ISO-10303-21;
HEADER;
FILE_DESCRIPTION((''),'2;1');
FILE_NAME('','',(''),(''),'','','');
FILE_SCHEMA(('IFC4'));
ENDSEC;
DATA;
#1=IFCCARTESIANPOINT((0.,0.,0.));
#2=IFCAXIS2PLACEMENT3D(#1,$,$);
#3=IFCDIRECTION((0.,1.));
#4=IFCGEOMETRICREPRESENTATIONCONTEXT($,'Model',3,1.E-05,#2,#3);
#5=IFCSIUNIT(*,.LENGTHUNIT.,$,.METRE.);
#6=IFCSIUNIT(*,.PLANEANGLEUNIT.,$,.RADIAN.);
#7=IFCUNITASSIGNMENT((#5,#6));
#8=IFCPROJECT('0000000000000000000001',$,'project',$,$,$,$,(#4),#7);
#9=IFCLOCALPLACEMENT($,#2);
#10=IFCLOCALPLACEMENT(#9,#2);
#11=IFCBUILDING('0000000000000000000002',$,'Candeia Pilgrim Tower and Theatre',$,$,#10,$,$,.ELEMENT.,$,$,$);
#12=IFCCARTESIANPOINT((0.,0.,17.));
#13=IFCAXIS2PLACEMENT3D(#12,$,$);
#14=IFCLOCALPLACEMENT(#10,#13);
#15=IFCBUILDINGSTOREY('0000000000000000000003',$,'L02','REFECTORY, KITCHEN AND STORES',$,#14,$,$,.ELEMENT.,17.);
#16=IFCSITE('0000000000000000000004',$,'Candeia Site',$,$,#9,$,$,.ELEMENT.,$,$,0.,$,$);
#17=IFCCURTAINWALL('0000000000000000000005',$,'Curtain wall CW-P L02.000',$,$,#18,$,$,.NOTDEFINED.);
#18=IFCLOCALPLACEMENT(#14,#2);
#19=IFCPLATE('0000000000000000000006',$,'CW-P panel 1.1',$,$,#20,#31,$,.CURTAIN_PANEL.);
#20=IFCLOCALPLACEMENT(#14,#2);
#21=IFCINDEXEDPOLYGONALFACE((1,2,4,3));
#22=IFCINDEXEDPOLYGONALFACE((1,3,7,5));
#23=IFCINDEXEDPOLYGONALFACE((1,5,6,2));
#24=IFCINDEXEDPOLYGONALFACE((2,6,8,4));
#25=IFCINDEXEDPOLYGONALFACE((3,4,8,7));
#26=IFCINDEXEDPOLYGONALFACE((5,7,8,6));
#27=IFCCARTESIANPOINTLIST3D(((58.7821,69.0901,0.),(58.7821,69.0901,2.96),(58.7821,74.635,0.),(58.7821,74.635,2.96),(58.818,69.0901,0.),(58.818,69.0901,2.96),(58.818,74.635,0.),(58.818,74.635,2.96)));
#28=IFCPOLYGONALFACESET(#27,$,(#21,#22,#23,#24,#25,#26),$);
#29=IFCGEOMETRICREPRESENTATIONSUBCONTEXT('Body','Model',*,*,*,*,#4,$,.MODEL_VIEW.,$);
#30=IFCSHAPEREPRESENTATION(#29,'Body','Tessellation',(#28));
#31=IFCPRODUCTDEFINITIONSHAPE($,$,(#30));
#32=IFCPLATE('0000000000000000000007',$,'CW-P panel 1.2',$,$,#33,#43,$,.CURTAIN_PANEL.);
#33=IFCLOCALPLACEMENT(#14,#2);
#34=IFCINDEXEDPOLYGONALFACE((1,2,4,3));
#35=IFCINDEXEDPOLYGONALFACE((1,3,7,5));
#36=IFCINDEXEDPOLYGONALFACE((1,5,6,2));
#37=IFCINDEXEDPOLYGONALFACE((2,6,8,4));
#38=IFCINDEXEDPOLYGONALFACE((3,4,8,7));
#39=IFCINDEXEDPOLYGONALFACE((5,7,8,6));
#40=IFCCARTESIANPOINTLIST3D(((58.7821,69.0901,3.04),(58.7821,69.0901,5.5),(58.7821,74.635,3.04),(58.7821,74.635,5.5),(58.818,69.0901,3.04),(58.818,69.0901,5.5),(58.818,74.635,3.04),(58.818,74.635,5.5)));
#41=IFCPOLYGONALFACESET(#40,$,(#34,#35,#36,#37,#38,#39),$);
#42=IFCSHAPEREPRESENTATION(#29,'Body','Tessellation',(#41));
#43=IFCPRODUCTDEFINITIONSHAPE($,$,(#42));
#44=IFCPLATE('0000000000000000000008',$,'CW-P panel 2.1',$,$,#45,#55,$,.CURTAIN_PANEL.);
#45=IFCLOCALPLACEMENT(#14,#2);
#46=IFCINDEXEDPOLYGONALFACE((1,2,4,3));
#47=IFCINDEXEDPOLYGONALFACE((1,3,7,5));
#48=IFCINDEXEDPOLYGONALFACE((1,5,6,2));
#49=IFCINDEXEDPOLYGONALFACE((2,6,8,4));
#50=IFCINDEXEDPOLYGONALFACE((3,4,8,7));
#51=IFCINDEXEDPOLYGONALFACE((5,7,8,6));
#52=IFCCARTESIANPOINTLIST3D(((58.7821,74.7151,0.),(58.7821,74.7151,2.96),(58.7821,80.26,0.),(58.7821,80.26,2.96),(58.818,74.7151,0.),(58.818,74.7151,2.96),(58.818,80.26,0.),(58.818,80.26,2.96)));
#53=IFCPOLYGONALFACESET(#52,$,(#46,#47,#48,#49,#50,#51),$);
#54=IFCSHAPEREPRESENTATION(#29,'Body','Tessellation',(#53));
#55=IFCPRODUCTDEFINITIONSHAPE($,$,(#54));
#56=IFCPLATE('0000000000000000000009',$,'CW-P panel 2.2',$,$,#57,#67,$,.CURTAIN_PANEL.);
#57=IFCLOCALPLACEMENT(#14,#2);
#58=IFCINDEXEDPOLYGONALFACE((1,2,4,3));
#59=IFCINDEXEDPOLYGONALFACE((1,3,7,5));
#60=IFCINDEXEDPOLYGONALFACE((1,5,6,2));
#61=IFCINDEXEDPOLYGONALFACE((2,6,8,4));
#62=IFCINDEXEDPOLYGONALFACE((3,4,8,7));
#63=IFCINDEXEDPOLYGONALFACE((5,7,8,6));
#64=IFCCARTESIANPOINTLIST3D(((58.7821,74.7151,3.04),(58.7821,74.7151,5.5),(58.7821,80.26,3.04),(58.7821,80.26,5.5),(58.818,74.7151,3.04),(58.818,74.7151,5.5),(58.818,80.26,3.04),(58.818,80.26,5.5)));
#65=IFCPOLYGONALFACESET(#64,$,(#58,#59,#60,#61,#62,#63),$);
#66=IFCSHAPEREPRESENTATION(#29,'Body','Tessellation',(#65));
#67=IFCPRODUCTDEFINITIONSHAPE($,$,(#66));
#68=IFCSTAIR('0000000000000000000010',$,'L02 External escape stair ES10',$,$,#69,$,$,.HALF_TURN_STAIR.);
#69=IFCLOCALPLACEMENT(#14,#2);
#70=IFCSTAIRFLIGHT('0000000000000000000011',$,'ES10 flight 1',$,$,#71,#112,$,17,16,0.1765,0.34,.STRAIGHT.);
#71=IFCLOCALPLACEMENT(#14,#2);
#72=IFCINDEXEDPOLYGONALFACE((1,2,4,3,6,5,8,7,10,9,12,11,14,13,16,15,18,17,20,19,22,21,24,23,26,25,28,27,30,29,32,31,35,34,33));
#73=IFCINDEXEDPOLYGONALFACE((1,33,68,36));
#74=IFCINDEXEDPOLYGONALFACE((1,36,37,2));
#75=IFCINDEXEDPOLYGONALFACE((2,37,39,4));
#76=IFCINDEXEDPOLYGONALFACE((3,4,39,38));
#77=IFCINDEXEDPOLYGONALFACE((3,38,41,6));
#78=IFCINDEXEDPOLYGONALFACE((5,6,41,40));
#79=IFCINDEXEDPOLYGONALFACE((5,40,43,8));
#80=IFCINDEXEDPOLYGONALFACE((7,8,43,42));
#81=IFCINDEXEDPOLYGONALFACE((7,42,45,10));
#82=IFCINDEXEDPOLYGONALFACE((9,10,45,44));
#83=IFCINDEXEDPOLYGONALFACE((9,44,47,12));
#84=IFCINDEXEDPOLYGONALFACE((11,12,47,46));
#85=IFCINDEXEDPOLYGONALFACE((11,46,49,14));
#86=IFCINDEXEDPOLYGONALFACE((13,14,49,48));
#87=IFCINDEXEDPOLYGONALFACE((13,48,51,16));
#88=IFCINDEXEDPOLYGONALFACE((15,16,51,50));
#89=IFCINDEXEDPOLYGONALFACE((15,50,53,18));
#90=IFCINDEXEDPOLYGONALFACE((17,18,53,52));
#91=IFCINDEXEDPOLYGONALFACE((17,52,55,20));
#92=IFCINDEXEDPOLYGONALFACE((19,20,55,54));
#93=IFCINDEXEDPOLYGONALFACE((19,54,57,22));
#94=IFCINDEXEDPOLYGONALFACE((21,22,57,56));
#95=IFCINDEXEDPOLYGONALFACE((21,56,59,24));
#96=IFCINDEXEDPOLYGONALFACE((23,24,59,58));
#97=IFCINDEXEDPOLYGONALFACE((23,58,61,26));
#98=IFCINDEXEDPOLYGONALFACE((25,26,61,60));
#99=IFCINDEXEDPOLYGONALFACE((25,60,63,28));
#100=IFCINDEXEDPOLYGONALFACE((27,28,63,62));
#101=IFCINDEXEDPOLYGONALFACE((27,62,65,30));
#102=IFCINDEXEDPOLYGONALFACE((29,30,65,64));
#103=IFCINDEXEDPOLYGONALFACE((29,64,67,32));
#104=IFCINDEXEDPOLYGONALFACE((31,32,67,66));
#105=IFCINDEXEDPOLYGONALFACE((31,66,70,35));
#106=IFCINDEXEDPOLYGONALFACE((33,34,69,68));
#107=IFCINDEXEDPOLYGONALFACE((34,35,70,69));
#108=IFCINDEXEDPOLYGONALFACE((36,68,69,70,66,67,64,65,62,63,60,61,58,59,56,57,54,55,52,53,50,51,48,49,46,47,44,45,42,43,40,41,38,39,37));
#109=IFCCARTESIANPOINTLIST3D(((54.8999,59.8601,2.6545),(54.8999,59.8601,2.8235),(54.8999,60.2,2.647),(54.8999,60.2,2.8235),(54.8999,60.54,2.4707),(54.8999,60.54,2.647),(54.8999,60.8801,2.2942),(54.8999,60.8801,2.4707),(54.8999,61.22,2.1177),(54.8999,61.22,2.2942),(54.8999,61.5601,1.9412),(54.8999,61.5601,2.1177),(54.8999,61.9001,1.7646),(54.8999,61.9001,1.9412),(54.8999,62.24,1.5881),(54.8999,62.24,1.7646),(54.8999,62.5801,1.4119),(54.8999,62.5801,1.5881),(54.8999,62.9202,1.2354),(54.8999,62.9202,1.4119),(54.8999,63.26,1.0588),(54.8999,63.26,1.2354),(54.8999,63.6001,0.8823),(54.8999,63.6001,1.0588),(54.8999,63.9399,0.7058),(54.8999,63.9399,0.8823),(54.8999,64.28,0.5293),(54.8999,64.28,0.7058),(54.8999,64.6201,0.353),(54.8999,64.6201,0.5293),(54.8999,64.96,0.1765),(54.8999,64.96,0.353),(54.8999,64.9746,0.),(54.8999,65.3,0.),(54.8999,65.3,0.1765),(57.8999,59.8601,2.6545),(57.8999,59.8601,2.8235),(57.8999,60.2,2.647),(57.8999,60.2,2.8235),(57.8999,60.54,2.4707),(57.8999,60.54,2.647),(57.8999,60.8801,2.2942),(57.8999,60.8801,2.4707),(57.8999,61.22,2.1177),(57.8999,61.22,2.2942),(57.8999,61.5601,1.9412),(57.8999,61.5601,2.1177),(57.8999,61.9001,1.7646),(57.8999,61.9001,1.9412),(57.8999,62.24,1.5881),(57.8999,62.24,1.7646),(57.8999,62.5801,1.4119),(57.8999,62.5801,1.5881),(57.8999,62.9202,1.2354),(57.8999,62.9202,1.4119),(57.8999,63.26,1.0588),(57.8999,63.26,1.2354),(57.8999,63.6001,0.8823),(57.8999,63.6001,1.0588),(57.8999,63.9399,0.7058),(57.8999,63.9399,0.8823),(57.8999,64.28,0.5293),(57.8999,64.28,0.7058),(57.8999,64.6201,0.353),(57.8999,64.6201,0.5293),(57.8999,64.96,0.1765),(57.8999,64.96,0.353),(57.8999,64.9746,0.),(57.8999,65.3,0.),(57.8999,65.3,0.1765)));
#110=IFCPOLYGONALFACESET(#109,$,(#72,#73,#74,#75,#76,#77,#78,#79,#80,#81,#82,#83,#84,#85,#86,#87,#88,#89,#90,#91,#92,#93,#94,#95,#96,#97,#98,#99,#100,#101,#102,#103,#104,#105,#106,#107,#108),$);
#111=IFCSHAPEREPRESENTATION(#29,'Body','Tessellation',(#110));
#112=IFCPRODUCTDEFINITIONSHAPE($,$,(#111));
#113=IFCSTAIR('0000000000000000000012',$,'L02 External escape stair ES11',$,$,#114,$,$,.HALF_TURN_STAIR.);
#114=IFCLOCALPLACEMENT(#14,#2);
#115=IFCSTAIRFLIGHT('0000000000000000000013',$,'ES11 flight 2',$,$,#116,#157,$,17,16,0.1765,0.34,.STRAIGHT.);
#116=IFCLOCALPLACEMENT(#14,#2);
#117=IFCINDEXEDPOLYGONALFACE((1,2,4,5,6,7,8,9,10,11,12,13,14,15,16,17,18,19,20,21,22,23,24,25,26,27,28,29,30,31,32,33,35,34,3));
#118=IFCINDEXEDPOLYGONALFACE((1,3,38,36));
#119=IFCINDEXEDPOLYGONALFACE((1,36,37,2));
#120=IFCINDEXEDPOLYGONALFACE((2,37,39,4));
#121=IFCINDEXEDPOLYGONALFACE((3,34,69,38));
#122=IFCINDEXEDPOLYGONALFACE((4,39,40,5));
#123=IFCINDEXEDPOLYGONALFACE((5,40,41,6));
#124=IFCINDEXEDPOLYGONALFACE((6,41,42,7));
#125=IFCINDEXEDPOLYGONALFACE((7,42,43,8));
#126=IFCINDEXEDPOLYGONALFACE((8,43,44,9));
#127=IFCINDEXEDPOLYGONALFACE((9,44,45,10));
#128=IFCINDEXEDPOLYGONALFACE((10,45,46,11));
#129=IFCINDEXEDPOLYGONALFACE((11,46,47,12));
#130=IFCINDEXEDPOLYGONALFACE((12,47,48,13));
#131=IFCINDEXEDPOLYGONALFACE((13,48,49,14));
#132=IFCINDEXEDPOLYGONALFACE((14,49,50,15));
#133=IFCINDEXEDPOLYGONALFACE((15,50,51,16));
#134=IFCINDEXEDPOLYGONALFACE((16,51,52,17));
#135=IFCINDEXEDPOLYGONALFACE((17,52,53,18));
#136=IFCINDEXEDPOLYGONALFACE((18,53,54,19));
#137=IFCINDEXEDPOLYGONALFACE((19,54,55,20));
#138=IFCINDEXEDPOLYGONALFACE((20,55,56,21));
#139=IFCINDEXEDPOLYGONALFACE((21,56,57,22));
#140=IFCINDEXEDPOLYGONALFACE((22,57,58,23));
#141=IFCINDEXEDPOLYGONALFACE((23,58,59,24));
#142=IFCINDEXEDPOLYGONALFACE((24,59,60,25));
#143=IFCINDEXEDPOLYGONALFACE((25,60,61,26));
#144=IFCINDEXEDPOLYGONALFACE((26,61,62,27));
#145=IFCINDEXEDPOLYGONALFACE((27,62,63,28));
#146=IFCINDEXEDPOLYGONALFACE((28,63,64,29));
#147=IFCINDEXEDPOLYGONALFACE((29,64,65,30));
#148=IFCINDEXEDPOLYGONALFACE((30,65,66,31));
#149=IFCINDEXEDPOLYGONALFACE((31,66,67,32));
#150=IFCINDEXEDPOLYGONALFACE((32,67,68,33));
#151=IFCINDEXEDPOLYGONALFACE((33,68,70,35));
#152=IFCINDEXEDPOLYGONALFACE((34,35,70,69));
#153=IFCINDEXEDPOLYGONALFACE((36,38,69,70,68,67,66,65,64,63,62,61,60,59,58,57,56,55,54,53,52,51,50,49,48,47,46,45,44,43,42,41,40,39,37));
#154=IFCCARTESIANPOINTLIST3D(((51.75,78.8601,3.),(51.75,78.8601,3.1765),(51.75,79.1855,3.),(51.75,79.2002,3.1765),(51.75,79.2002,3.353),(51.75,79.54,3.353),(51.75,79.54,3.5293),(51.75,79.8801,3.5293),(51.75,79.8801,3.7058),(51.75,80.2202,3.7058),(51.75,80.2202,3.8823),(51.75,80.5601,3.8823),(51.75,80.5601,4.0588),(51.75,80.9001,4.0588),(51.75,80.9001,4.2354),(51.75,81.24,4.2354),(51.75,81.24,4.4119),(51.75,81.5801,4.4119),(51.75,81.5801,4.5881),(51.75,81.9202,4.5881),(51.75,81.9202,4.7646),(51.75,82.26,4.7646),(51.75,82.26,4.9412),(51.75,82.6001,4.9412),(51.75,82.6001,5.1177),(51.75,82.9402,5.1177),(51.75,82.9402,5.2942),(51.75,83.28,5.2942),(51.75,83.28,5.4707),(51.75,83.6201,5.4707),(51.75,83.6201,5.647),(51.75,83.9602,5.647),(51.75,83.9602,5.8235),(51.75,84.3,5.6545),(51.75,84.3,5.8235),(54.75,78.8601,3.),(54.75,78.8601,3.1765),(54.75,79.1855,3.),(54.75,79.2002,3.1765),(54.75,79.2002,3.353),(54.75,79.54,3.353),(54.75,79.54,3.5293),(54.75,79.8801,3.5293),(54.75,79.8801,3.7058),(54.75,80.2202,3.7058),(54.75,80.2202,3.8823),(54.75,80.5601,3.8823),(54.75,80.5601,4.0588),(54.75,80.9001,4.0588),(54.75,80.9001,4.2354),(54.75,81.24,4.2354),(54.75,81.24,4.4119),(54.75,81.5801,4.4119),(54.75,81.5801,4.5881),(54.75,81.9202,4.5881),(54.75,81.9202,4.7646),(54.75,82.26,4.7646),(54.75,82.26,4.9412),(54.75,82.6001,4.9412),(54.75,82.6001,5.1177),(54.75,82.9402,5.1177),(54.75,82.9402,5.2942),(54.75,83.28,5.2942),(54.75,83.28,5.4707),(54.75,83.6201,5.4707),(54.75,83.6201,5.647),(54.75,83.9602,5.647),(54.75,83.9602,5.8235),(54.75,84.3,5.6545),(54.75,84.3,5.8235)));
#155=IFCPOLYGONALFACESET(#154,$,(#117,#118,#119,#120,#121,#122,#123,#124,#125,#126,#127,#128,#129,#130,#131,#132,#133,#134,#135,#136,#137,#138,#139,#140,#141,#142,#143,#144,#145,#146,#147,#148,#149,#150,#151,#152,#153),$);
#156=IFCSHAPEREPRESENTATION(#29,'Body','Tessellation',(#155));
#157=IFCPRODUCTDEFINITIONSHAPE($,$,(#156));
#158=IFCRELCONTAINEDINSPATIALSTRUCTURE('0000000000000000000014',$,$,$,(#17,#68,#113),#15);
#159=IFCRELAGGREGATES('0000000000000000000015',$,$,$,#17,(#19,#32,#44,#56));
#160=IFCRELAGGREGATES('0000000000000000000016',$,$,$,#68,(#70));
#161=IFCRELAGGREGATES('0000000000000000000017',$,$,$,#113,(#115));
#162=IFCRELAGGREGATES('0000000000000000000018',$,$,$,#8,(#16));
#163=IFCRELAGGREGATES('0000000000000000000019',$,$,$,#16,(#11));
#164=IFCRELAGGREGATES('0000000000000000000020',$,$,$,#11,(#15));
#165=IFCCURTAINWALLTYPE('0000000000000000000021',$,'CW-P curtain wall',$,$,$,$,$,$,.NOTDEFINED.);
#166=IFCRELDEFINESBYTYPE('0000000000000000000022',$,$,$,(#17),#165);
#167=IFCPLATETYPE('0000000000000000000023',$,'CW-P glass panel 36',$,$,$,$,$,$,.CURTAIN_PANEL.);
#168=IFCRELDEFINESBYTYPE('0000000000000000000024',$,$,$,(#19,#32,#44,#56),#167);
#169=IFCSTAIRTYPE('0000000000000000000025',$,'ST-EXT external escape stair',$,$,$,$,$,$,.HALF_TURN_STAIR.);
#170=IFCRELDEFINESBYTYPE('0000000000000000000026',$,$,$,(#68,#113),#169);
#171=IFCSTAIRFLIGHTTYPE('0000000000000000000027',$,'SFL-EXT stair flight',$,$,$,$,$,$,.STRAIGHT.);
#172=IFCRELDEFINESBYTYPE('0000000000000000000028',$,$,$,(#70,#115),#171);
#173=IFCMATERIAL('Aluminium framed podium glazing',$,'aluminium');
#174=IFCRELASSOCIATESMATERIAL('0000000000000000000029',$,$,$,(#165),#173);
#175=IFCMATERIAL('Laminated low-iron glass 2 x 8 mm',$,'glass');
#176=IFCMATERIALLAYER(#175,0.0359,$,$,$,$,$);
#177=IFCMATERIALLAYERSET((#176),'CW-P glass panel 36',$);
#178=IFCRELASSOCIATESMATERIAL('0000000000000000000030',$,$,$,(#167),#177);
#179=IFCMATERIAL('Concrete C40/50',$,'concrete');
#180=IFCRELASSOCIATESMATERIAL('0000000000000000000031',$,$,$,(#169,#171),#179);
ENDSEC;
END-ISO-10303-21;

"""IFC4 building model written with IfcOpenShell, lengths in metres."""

from ifc_helpers import new_model, si_unit, direction, frame, origin, origin_2d, place, context, subcontext, project, spatial, polyline, rectangle, outline, extrude, material, layer, layer_set, type_object, element, aggregate, save


model = new_model("IFC4")

# Units and contexts
model_context = context("Model", 3, precision=1e-05, world=origin(), true_north=direction((0.0, 1.0)))
body_context = subcontext(model_context, "Body", "Model", "MODEL_VIEW")
ifc_project = project(units=[si_unit("LENGTHUNIT", "METRE"), si_unit("PLANEANGLEUNIT", "RADIAN")], contexts=[model_context])

# Site, building, storey
site_placement = place(None, origin())
site = spatial("IfcSite", under=ifc_project, at=site_placement, Name="Candeia Site", CompositionType="ELEMENT", RefElevation=0.0)
building_placement = place(site_placement, origin())
building = spatial("IfcBuilding", under=site, at=building_placement, Name="Candeia Pilgrim Tower and Theatre", CompositionType="ELEMENT")
storey_placement = place(building_placement, frame((0.0, 0.0, 17.0)))
storey = spatial("IfcBuildingStorey", under=building, at=storey_placement, Name="L02", Description="REFECTORY, KITCHEN AND STORES", CompositionType="ELEMENT", Elevation=17.0)

# Shared definitions
ifc_material_1 = material(Name="Concrete C40/50", Category="concrete")

# Curtain wall
ifc_material_2 = material(Name="Aluminium framed podium glazing", Category="aluminium")
curtain_wall_type = type_object("IfcCurtainWallType", Name="CW-P curtain wall", PredefinedType="NOTDEFINED", material=ifc_material_2)
curtain_wall_1_placement = place(storey_placement, origin())
curtain_wall_1 = element("IfcCurtainWall", 1, at=curtain_wall_1_placement, inside=storey, type_object=curtain_wall_type, Name="Curtain wall CW-P L02.000", PredefinedType="NOTDEFINED")

# Plates
ifc_material_3 = material(Name="Laminated low-iron glass 2 x 8 mm", Category="glass")
ifc_layer_1 = layer(ifc_material_3, 0.0359)
ifc_layer_set_1 = layer_set([ifc_layer_1], Name="CW-P glass panel 36")
plate_type = type_object("IfcPlateType", Name="CW-P glass panel 36", PredefinedType="CURTAIN_PANEL", material=ifc_layer_set_1)
plate_1_placement = place(storey_placement, frame((58.8, 71.8625, 0.0), z_axis=(0.0, 0.0, 1.0), x_axis=(0.0, 1.0, 0.0)))
plate_1 = element("IfcPlate", 2, at=plate_1_placement, type_object=plate_type, Name="CW-P panel 1.1", PredefinedType="CURTAIN_PANEL", context=body_context, shape_type="SweptSolid", body=[
    extrude(rectangle(XDim=5.5449, YDim=0.0359, at=origin_2d()), origin(), (0.0, 0.0, 1.0), 2.96),
])
plate_2_placement = place(storey_placement, frame((58.8, 71.8625, 3.04), z_axis=(0.0, 0.0, 1.0), x_axis=(0.0, 1.0, 0.0)))
plate_2 = element("IfcPlate", 3, at=plate_2_placement, type_object=plate_type, Name="CW-P panel 1.2", PredefinedType="CURTAIN_PANEL", context=body_context, shape_type="SweptSolid", body=[
    extrude(rectangle(XDim=5.5449, YDim=0.0359, at=origin_2d()), origin(), (0.0, 0.0, 1.0), 2.46),
])
plate_3_placement = place(storey_placement, frame((58.8, 77.4875, 0.0), z_axis=(0.0, 0.0, 1.0), x_axis=(0.0, 1.0, 0.0)))
plate_3 = element("IfcPlate", 4, at=plate_3_placement, type_object=plate_type, Name="CW-P panel 2.1", PredefinedType="CURTAIN_PANEL", context=body_context, shape_type="SweptSolid", body=[
    extrude(rectangle(XDim=5.5449, YDim=0.0359, at=origin_2d()), origin(), (0.0, 0.0, 1.0), 2.96),
])
plate_4_placement = place(storey_placement, frame((58.8, 77.4875, 3.04), z_axis=(0.0, 0.0, 1.0), x_axis=(0.0, 1.0, 0.0)))
plate_4 = element("IfcPlate", 5, at=plate_4_placement, type_object=plate_type, Name="CW-P panel 2.2", PredefinedType="CURTAIN_PANEL", context=body_context, shape_type="SweptSolid", body=[
    extrude(rectangle(XDim=5.5449, YDim=0.0359, at=origin_2d()), origin(), (0.0, 0.0, 1.0), 2.46),
])
aggregate(curtain_wall_1, [plate_1, plate_2, plate_3, plate_4])

# Stairs, stair flights
stair_type = type_object("IfcStairType", Name="ST-EXT external escape stair", PredefinedType="HALF_TURN_STAIR", material=ifc_material_1)
stair_1_placement = place(storey_placement, origin())
stair_1 = element("IfcStair", 6, at=stair_1_placement, inside=storey, type_object=stair_type, Name="L02 External escape stair ES10", PredefinedType="HALF_TURN_STAIR")
stair_flight_type = type_object("IfcStairFlightType", Name="SFL-EXT stair flight", PredefinedType="STRAIGHT", material=ifc_material_1)
stair_flight_1_placement = place(storey_placement, frame((56.3999, 65.3, 0.0), z_axis=(0.0, 0.0, 1.0), x_axis=(0.0, -1.0, 0.0)))
stair_flight_1 = element("IfcStairFlight", 7, at=stair_flight_1_placement, type_object=stair_flight_type, Name="ES10 flight 1", NumberOfRisers=17, NumberOfTreads=16, PredefinedType="STRAIGHT", RiserHeight=0.1765, TreadLength=0.34, context=body_context, shape_type="SweptSolid", body=[
    extrude(outline(polyline([(0.0, 0.0), (0.0, 0.1765), (0.3401, 0.1765), (0.3401, 0.353), (0.6799, 0.353), (0.6799, 0.5293), (1.02, 0.5293), (1.02, 0.7058), (1.3601, 0.7058), (1.3601, 0.8823), (1.7, 0.8823), (1.7, 1.0588), (2.04, 1.0588), (2.04, 1.2354), (2.3799, 1.2354), (2.3799, 1.4119), (2.72, 1.4119), (2.72, 1.5881), (3.0601, 1.5881), (3.0601, 1.7646), (3.3999, 1.7646), (3.3999, 1.9412), (3.74, 1.9412), (3.74, 2.1177), (4.0801, 2.1177), (4.0801, 2.2942), (4.4199, 2.2942), (4.4199, 2.4707), (4.76, 2.4707), (4.76, 2.647), (5.1001, 2.647), (5.1001, 2.8235), (5.4399, 2.8235), (5.4399, 3.0), (5.4399, 2.6545), (0.3254, 0.0), (0.0, 0.0)])), frame((0.0, 1.5, 0.0), z_axis=(0.0, -1.0, 0.0), x_axis=(1.0, 0.0, 0.0)), (0.0, 0.0, 1.0), 3.0),
])
aggregate(stair_1, [stair_flight_1])
stair_2_placement = place(storey_placement, origin())
stair_2 = element("IfcStair", 8, at=stair_2_placement, inside=storey, type_object=stair_type, Name="L02 External escape stair ES11", PredefinedType="HALF_TURN_STAIR")
stair_flight_2_placement = place(storey_placement, frame((53.25, 78.8601, 3.0), z_axis=(0.0, 0.0, 1.0), x_axis=(0.0, 1.0, 0.0)))
stair_flight_2 = element("IfcStairFlight", 9, at=stair_flight_2_placement, type_object=stair_flight_type, Name="ES11 flight 2", NumberOfRisers=17, NumberOfTreads=16, PredefinedType="STRAIGHT", RiserHeight=0.1765, TreadLength=0.34, context=body_context, shape_type="SweptSolid", body=[
    extrude(outline(polyline([(0.0, 0.0), (0.0, 0.1765), (0.3401, 0.1765), (0.3401, 0.353), (0.6799, 0.353), (0.6799, 0.5293), (1.02, 0.5293), (1.02, 0.7058), (1.3601, 0.7058), (1.3601, 0.8823), (1.7, 0.8823), (1.7, 1.0588), (2.04, 1.0588), (2.04, 1.2354), (2.3799, 1.2354), (2.3799, 1.4119), (2.72, 1.4119), (2.72, 1.5881), (3.0601, 1.5881), (3.0601, 1.7646), (3.3999, 1.7646), (3.3999, 1.9412), (3.74, 1.9412), (3.74, 2.1177), (4.0801, 2.1177), (4.0801, 2.2942), (4.4199, 2.2942), (4.4199, 2.4707), (4.76, 2.4707), (4.76, 2.647), (5.1001, 2.647), (5.1001, 2.8235), (5.4399, 2.8235), (5.4399, 3.0), (5.4399, 2.6545), (0.3254, 0.0), (0.0, 0.0)])), frame((0.0, 1.5, 0.0), z_axis=(0.0, -1.0, 0.0), x_axis=(1.0, 0.0, 0.0)), (0.0, 0.0, 1.0), 3.0),
])
aggregate(stair_2, [stair_flight_2])

save(model, "model.ifc")
